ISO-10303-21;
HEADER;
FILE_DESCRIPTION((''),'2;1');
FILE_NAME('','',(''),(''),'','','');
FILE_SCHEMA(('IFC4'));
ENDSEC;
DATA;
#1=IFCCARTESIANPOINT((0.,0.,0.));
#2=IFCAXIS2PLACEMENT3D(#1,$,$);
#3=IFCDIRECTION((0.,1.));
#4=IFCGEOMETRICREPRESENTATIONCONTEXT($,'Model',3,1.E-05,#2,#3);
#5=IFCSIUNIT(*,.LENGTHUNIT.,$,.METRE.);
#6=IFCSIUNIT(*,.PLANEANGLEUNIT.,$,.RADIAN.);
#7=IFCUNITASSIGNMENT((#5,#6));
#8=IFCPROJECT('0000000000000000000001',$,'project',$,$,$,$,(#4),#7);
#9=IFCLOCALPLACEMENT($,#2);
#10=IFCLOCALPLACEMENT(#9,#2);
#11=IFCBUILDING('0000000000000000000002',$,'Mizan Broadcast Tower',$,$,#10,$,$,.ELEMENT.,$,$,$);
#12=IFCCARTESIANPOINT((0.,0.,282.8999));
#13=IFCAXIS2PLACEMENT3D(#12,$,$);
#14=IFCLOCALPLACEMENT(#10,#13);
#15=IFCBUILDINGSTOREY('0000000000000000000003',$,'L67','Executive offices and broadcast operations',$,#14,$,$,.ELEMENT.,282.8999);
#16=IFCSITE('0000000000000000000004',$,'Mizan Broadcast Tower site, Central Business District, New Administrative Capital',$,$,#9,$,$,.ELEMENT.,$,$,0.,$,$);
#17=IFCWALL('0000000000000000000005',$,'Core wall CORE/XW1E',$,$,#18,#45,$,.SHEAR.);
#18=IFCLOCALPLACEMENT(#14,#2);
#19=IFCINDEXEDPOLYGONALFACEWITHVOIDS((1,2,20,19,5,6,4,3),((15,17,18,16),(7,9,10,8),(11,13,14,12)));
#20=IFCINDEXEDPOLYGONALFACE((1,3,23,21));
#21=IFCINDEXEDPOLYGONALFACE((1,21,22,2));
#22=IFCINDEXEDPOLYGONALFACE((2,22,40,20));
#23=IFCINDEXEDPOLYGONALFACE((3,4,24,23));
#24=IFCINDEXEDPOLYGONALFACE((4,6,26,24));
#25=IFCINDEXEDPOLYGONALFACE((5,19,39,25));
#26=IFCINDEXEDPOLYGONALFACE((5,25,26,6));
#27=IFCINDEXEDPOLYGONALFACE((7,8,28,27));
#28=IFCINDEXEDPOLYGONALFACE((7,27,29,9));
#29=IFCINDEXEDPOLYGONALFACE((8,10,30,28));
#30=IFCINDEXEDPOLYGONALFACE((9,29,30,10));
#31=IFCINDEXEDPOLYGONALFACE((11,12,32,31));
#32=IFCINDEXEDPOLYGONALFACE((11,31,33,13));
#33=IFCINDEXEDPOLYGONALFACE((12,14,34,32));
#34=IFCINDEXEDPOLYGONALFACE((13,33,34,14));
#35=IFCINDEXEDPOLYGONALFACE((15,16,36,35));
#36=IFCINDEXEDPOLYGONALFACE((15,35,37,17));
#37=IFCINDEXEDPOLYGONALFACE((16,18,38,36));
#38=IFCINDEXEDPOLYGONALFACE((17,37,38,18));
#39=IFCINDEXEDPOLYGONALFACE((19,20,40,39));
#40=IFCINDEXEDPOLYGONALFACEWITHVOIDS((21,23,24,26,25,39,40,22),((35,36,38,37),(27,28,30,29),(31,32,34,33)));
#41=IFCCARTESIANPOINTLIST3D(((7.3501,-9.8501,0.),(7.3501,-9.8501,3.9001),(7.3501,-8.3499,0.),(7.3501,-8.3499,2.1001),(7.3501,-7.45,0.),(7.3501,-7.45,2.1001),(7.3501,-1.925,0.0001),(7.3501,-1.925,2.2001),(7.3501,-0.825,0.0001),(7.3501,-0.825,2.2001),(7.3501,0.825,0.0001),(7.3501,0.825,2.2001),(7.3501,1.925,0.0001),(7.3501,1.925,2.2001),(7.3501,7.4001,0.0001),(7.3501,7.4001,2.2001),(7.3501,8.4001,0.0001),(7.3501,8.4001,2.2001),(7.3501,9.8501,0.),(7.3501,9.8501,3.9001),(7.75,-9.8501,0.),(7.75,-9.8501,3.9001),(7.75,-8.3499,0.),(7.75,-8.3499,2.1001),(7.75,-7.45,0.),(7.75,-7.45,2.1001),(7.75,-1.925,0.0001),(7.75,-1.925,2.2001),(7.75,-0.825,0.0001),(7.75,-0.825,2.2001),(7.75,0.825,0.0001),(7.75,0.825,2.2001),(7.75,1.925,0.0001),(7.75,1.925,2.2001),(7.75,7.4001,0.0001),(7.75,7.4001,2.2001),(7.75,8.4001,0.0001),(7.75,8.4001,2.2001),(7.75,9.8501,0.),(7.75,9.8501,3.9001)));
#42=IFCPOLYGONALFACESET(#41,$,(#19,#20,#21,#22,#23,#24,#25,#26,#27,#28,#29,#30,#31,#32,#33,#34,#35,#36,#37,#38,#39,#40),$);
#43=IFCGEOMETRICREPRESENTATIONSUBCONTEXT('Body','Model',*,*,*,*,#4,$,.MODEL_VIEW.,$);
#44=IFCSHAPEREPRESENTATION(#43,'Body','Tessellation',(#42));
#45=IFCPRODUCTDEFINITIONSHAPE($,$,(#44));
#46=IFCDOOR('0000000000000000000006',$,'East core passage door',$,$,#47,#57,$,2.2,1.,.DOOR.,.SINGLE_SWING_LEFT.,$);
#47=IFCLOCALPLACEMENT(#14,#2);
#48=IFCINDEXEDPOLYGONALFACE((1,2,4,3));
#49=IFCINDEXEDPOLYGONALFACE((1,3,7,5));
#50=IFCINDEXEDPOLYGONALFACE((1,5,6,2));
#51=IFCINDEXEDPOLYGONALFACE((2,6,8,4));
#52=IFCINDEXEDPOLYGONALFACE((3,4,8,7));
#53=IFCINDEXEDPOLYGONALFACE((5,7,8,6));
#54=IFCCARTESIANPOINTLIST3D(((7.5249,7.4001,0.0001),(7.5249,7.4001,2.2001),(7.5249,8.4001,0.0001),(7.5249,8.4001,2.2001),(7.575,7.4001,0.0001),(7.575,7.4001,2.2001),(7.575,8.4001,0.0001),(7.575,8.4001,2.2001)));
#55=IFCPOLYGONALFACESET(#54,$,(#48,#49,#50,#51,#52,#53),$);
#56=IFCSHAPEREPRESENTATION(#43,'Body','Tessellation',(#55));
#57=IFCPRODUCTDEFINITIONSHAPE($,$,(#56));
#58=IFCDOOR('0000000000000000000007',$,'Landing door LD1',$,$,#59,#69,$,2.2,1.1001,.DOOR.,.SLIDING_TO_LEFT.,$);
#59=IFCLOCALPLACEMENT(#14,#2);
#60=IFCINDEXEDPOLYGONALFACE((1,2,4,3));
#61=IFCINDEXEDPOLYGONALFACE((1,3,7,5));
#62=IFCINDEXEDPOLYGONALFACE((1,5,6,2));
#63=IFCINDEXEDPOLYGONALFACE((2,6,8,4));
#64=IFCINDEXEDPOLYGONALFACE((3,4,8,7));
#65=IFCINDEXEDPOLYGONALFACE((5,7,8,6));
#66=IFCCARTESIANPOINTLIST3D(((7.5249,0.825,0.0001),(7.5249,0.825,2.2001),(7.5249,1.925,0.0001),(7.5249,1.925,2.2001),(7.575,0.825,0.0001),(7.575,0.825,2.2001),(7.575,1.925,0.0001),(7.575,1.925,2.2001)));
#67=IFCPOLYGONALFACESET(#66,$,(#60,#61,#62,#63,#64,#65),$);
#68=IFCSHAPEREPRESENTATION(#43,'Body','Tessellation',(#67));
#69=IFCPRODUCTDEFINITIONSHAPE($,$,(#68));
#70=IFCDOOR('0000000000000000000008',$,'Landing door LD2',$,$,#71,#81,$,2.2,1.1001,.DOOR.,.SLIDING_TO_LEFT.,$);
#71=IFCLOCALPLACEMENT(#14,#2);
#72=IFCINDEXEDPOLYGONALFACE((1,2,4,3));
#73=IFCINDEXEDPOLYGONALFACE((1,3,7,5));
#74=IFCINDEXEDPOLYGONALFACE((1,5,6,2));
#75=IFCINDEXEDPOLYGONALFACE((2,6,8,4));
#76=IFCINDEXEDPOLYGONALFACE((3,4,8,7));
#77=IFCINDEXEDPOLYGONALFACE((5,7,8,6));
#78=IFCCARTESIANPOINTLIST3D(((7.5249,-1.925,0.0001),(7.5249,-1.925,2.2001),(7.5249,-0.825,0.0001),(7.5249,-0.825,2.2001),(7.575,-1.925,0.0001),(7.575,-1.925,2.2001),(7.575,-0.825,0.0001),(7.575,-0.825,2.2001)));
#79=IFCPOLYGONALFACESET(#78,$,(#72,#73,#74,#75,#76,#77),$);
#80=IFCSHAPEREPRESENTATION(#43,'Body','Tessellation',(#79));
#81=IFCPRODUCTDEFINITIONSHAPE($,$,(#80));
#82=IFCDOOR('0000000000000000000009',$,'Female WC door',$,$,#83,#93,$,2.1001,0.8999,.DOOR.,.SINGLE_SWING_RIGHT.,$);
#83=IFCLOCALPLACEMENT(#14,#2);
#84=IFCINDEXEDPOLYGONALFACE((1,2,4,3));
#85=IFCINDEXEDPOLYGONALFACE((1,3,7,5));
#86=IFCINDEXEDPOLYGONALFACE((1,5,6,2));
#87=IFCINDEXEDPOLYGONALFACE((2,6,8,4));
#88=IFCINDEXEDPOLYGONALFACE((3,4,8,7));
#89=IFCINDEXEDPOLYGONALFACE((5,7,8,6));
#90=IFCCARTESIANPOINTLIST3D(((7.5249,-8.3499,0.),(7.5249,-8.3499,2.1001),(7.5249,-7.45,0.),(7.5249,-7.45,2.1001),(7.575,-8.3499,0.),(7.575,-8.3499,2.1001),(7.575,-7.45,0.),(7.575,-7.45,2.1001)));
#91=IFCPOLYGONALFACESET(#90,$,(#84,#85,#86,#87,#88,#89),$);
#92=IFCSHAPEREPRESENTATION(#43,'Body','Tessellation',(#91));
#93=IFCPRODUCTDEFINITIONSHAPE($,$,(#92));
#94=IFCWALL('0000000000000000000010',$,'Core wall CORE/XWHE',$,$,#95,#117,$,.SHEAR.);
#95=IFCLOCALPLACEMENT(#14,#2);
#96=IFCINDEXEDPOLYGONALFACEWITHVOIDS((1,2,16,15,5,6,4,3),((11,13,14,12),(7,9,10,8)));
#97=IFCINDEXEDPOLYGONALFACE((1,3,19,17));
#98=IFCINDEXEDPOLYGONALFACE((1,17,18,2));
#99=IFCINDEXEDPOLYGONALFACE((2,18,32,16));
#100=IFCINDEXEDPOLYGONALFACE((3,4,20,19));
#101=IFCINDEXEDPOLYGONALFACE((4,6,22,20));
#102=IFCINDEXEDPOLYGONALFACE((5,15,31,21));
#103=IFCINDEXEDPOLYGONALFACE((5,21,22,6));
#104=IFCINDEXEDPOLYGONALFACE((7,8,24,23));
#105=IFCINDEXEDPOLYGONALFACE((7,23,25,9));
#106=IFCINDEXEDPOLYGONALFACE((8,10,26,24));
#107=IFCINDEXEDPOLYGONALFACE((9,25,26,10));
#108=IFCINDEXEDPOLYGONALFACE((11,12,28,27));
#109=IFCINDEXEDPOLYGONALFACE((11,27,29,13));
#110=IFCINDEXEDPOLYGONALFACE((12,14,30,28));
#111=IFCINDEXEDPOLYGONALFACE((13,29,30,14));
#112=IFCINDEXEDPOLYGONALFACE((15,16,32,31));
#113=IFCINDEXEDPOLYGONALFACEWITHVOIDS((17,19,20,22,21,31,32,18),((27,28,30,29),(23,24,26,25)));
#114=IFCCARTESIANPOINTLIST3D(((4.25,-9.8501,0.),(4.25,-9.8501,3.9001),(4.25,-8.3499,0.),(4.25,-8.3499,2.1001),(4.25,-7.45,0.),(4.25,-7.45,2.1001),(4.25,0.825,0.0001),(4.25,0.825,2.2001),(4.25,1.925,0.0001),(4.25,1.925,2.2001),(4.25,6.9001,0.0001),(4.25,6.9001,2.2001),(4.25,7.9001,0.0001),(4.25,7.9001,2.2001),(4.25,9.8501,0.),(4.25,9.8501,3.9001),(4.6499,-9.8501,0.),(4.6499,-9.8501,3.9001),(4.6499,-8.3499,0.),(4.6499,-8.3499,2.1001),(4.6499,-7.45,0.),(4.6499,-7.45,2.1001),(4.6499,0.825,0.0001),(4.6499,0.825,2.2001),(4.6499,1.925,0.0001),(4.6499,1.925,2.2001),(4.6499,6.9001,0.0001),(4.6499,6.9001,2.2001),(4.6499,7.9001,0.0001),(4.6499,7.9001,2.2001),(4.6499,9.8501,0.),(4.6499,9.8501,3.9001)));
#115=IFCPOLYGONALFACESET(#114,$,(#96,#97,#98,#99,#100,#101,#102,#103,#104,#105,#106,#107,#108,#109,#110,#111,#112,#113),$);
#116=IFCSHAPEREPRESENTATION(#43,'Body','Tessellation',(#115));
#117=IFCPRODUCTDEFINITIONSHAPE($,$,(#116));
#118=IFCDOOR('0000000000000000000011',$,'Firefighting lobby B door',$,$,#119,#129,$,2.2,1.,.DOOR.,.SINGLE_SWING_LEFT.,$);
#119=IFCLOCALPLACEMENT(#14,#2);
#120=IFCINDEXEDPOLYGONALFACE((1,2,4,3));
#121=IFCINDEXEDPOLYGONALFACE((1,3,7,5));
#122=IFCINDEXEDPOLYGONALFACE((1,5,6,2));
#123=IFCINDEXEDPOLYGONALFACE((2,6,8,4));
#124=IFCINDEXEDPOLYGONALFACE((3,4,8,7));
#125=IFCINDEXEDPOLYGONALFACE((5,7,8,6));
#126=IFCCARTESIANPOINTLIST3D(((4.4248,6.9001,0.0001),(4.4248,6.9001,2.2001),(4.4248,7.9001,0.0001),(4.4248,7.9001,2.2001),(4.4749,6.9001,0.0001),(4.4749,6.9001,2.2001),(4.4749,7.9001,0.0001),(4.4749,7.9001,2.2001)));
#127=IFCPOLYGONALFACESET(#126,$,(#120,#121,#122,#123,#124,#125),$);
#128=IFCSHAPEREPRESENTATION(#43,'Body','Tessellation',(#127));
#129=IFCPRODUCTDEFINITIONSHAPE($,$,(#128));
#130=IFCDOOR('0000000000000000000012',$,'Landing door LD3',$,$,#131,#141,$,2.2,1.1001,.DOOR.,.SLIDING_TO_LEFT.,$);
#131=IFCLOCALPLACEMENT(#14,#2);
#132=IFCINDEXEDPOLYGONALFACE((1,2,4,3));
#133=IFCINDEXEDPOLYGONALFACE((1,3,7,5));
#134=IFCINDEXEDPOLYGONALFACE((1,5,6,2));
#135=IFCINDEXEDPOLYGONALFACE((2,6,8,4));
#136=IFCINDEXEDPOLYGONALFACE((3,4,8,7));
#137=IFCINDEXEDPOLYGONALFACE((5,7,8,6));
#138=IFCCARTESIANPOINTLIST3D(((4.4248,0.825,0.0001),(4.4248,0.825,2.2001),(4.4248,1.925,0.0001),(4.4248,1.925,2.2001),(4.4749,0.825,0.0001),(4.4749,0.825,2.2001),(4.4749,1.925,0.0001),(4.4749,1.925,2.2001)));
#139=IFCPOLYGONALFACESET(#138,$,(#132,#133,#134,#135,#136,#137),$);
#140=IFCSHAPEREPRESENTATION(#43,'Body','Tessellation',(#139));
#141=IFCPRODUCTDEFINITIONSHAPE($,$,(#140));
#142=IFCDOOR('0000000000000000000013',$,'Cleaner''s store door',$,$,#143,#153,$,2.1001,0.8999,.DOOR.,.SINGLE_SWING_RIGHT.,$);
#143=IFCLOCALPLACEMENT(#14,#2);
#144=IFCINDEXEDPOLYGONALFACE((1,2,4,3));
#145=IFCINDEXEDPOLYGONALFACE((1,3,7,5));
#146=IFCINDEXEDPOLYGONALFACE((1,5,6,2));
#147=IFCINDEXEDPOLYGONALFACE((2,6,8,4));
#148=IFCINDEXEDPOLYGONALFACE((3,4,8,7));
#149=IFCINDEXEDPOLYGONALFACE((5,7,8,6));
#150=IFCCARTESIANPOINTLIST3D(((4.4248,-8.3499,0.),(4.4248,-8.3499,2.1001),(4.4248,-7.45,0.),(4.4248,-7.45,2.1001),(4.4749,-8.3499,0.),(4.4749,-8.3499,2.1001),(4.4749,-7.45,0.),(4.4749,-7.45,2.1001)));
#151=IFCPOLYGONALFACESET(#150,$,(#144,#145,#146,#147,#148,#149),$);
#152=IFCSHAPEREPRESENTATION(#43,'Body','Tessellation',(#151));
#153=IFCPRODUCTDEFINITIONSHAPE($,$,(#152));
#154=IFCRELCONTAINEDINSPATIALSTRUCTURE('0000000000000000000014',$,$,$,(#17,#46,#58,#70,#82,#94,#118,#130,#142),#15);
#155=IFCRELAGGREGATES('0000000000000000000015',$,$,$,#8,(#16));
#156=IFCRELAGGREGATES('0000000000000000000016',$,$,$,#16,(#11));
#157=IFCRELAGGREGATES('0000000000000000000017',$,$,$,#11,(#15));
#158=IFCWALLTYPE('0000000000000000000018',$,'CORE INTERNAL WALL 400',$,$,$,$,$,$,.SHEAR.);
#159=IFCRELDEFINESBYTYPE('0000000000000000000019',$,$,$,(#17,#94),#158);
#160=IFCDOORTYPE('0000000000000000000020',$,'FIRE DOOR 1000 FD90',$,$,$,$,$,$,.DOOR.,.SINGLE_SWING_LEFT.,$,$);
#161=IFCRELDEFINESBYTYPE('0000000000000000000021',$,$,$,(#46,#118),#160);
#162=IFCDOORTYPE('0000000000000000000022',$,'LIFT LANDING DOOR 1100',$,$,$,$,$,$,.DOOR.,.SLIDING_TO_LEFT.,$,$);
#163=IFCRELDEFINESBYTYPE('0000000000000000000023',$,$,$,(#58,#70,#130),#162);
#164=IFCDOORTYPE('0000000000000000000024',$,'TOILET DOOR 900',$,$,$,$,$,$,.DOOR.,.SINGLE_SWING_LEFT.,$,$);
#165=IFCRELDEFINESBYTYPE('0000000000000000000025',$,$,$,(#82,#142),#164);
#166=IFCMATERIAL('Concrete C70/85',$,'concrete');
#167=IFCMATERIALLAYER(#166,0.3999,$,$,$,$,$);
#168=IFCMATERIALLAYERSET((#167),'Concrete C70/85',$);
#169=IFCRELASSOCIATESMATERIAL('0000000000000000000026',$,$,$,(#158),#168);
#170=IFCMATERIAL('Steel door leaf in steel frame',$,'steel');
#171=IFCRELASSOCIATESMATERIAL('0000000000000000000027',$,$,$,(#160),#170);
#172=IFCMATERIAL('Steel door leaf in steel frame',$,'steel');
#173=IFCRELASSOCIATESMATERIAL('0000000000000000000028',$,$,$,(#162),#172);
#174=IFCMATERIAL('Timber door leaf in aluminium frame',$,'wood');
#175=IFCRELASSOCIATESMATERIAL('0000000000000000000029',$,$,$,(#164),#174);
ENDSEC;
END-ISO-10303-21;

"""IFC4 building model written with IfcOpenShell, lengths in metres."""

from ifc_helpers import new_model, si_unit, direction, frame, frame_2d, origin, place, context, subcontext, project, spatial, rectangle, extrude, material, layer, layer_set, type_object, element, fill, save


model = new_model("IFC4")

# Units and contexts
model_context = context("Model", 3, precision=1e-05, world=origin(), true_north=direction((0.0, 1.0)))
body_context = subcontext(model_context, "Body", "Model", "MODEL_VIEW")
ifc_project = project(units=[si_unit("LENGTHUNIT", "METRE"), si_unit("PLANEANGLEUNIT", "RADIAN")], contexts=[model_context])

# Site, building, storey
site_placement = place(None, origin())
site = spatial("IfcSite", under=ifc_project, at=site_placement, Name="Mizan Broadcast Tower site, Central Business District, New Administrative Capital", CompositionType="ELEMENT", RefElevation=0.0)
building_placement = place(site_placement, origin())
building = spatial("IfcBuilding", under=site, at=building_placement, Name="Mizan Broadcast Tower", CompositionType="ELEMENT")
storey_placement = place(building_placement, frame((0.0, 0.0, 282.8999)))
storey = spatial("IfcBuildingStorey", under=building, at=storey_placement, Name="L67", Description="Executive offices and broadcast operations", CompositionType="ELEMENT", Elevation=282.8999)

# Walls, openings, doors
ifc_material_1 = material(Name="Concrete C70/85", Category="concrete")
ifc_layer_1 = layer(ifc_material_1, 0.3999)
ifc_layer_set_1 = layer_set([ifc_layer_1], Name="Concrete C70/85")
wall_type = type_object("IfcWallType", Name="CORE INTERNAL WALL 400", PredefinedType="SHEAR", material=ifc_layer_set_1)
wall_1_placement = place(storey_placement, frame((7.55, 9.8501, 0.0), z_axis=(0.0, 0.0, 1.0), x_axis=(0.0, -1.0, 0.0)))
wall_1 = element("IfcWall", 1, at=wall_1_placement, inside=storey, type_object=wall_type, Name="Core wall CORE/XW1E", PredefinedType="SHEAR", context=body_context, shape_type="SweptSolid", body=[
    extrude(rectangle(XDim=19.7002, YDim=0.3999, at=frame_2d((9.8501, 0.0))), origin(), (0.0, 0.0, 1.0), 3.9001),
])
opening_1_placement = place(wall_1_placement, frame((1.45, 0.0, 0.0)))
opening_1 = element("IfcOpeningElement", 2, at=opening_1_placement, cuts=wall_1, PredefinedType="OPENING", context=body_context, shape_type="SweptSolid", body=[
    extrude(rectangle(XDim=1.0, YDim=2.2, at=frame_2d((0.5, 1.1001))), frame((0.0, 0.21, 0.0), z_axis=(0.0, -1.0, 0.0), x_axis=(1.0, 0.0, 0.0)), (0.0, 0.0, 1.0), 0.4199),
])
opening_2_placement = place(wall_1_placement, frame((17.3, 0.0, 0.0)))
opening_2 = element("IfcOpeningElement", 3, at=opening_2_placement, cuts=wall_1, PredefinedType="OPENING", context=body_context, shape_type="SweptSolid", body=[
    extrude(rectangle(XDim=0.8999, YDim=2.1001, at=frame_2d((0.45, 1.05))), frame((0.0, 0.21, 0.0), z_axis=(0.0, -1.0, 0.0), x_axis=(1.0, 0.0, 0.0)), (0.0, 0.0, 1.0), 0.4199),
])
opening_3_placement = place(wall_1_placement, frame((7.925, 0.0, 0.0)))
opening_3 = element("IfcOpeningElement", 4, at=opening_3_placement, cuts=wall_1, PredefinedType="OPENING", context=body_context, shape_type="SweptSolid", body=[
    extrude(rectangle(XDim=1.1001, YDim=2.2, at=frame_2d((0.55, 1.1001))), frame((0.0, 0.21, 0.0), z_axis=(0.0, -1.0, 0.0), x_axis=(1.0, 0.0, 0.0)), (0.0, 0.0, 1.0), 0.4199),
])
opening_4_placement = place(wall_1_placement, frame((10.675, 0.0, 0.0)))
opening_4 = element("IfcOpeningElement", 5, at=opening_4_placement, cuts=wall_1, PredefinedType="OPENING", context=body_context, shape_type="SweptSolid", body=[
    extrude(rectangle(XDim=1.1001, YDim=2.2, at=frame_2d((0.55, 1.1001))), frame((0.0, 0.21, 0.0), z_axis=(0.0, -1.0, 0.0), x_axis=(1.0, 0.0, 0.0)), (0.0, 0.0, 1.0), 0.4199),
])
ifc_material_2 = material(Name="Steel door leaf in steel frame", Category="steel")
door_type_1 = type_object("IfcDoorType", Name="FIRE DOOR 1000 FD90", OperationType="SINGLE_SWING_LEFT", PredefinedType="DOOR", material=ifc_material_2)
door_1_placement = place(opening_1_placement, origin())
door_1 = element("IfcDoor", 6, at=door_1_placement, inside=storey, type_object=door_type_1, Name="East core passage door", OperationType="SINGLE_SWING_LEFT", OverallHeight=2.2, OverallWidth=1.0, PredefinedType="DOOR", context=body_context, shape_type="SweptSolid", body=[
    extrude(rectangle(XDim=1.0, YDim=2.2, at=frame_2d((0.5, 1.1001))), frame((0.0, 0.0249, 0.0), z_axis=(0.0, -1.0, 0.0), x_axis=(1.0, 0.0, 0.0)), (0.0, 0.0, 1.0), 0.05),
])
fill(opening_1, door_1)
ifc_material_3 = material(Name="Steel door leaf in steel frame", Category="steel")
door_type_2 = type_object("IfcDoorType", Name="LIFT LANDING DOOR 1100", OperationType="SLIDING_TO_LEFT", PredefinedType="DOOR", material=ifc_material_3)
door_2_placement = place(opening_3_placement, origin())
door_2 = element("IfcDoor", 7, at=door_2_placement, inside=storey, type_object=door_type_2, Name="Landing door LD1", OperationType="SLIDING_TO_LEFT", OverallHeight=2.2, OverallWidth=1.1001, PredefinedType="DOOR", context=body_context, shape_type="SweptSolid", body=[
    extrude(rectangle(XDim=1.1001, YDim=2.2, at=frame_2d((0.55, 1.1001))), frame((0.0, 0.0249, 0.0), z_axis=(0.0, -1.0, 0.0), x_axis=(1.0, 0.0, 0.0)), (0.0, 0.0, 1.0), 0.05),
])
fill(opening_3, door_2)
door_3_placement = place(opening_4_placement, origin())
door_3 = element("IfcDoor", 8, at=door_3_placement, inside=storey, type_object=door_type_2, Name="Landing door LD2", OperationType="SLIDING_TO_LEFT", OverallHeight=2.2, OverallWidth=1.1001, PredefinedType="DOOR", context=body_context, shape_type="SweptSolid", body=[
    extrude(rectangle(XDim=1.1001, YDim=2.2, at=frame_2d((0.55, 1.1001))), frame((0.0, 0.0249, 0.0), z_axis=(0.0, -1.0, 0.0), x_axis=(1.0, 0.0, 0.0)), (0.0, 0.0, 1.0), 0.05),
])
fill(opening_4, door_3)
ifc_material_4 = material(Name="Timber door leaf in aluminium frame", Category="wood")
door_type_3 = type_object("IfcDoorType", Name="TOILET DOOR 900", OperationType="SINGLE_SWING_LEFT", PredefinedType="DOOR", material=ifc_material_4)
door_4_placement = place(opening_2_placement, origin())
door_4 = element("IfcDoor", 9, at=door_4_placement, inside=storey, type_object=door_type_3, Name="Female WC door", OperationType="SINGLE_SWING_RIGHT", OverallHeight=2.1001, OverallWidth=0.8999, PredefinedType="DOOR", context=body_context, shape_type="SweptSolid", body=[
    extrude(rectangle(XDim=0.8999, YDim=2.1001, at=frame_2d((0.45, 1.05))), frame((0.0, 0.0249, 0.0), z_axis=(0.0, -1.0, 0.0), x_axis=(1.0, 0.0, 0.0)), (0.0, 0.0, 1.0), 0.05),
])
fill(opening_2, door_4)
wall_2_placement = place(storey_placement, frame((4.45, 9.8501, 0.0), z_axis=(0.0, 0.0, 1.0), x_axis=(0.0, -1.0, 0.0)))
wall_2 = element("IfcWall", 10, at=wall_2_placement, inside=storey, type_object=wall_type, Name="Core wall CORE/XWHE", PredefinedType="SHEAR", context=body_context, shape_type="SweptSolid", body=[
    extrude(rectangle(XDim=19.7002, YDim=0.3999, at=frame_2d((9.8501, 0.0))), origin(), (0.0, 0.0, 1.0), 3.9001),
])
opening_5_placement = place(wall_2_placement, frame((1.95, 0.0, 0.0)))
opening_5 = element("IfcOpeningElement", 11, at=opening_5_placement, cuts=wall_2, PredefinedType="OPENING", context=body_context, shape_type="SweptSolid", body=[
    extrude(rectangle(XDim=1.0, YDim=2.2, at=frame_2d((0.5, 1.1001))), frame((0.0, 0.21, 0.0), z_axis=(0.0, -1.0, 0.0), x_axis=(1.0, 0.0, 0.0)), (0.0, 0.0, 1.0), 0.4199),
])
opening_6_placement = place(wall_2_placement, frame((17.3, 0.0, 0.0)))
opening_6 = element("IfcOpeningElement", 12, at=opening_6_placement, cuts=wall_2, PredefinedType="OPENING", context=body_context, shape_type="SweptSolid", body=[
    extrude(rectangle(XDim=0.8999, YDim=2.1001, at=frame_2d((0.45, 1.05))), frame((0.0, 0.21, 0.0), z_axis=(0.0, -1.0, 0.0), x_axis=(1.0, 0.0, 0.0)), (0.0, 0.0, 1.0), 0.4199),
])
opening_7_placement = place(wall_2_placement, frame((7.925, 0.0, 0.0)))
opening_7 = element("IfcOpeningElement", 13, at=opening_7_placement, cuts=wall_2, PredefinedType="OPENING", context=body_context, shape_type="SweptSolid", body=[
    extrude(rectangle(XDim=1.1001, YDim=2.2, at=frame_2d((0.55, 1.1001))), frame((0.0, 0.21, 0.0), z_axis=(0.0, -1.0, 0.0), x_axis=(1.0, 0.0, 0.0)), (0.0, 0.0, 1.0), 0.4199),
])
door_5_placement = place(opening_5_placement, origin())
door_5 = element("IfcDoor", 14, at=door_5_placement, inside=storey, type_object=door_type_1, Name="Firefighting lobby B door", OperationType="SINGLE_SWING_LEFT", OverallHeight=2.2, OverallWidth=1.0, PredefinedType="DOOR", context=body_context, shape_type="SweptSolid", body=[
    extrude(rectangle(XDim=1.0, YDim=2.2, at=frame_2d((0.5, 1.1001))), frame((0.0, 0.0249, 0.0), z_axis=(0.0, -1.0, 0.0), x_axis=(1.0, 0.0, 0.0)), (0.0, 0.0, 1.0), 0.05),
])
fill(opening_5, door_5)
door_6_placement = place(opening_7_placement, origin())
door_6 = element("IfcDoor", 15, at=door_6_placement, inside=storey, type_object=door_type_2, Name="Landing door LD3", OperationType="SLIDING_TO_LEFT", OverallHeight=2.2, OverallWidth=1.1001, PredefinedType="DOOR", context=body_context, shape_type="SweptSolid", body=[
    extrude(rectangle(XDim=1.1001, YDim=2.2, at=frame_2d((0.55, 1.1001))), frame((0.0, 0.0249, 0.0), z_axis=(0.0, -1.0, 0.0), x_axis=(1.0, 0.0, 0.0)), (0.0, 0.0, 1.0), 0.05),
])
fill(opening_7, door_6)
door_7_placement = place(opening_6_placement, origin())
door_7 = element("IfcDoor", 16, at=door_7_placement, inside=storey, type_object=door_type_3, Name="Cleaner's store door", OperationType="SINGLE_SWING_RIGHT", OverallHeight=2.1001, OverallWidth=0.8999, PredefinedType="DOOR", context=body_context, shape_type="SweptSolid", body=[
    extrude(rectangle(XDim=0.8999, YDim=2.1001, at=frame_2d((0.45, 1.05))), frame((0.0, 0.0249, 0.0), z_axis=(0.0, -1.0, 0.0), x_axis=(1.0, 0.0, 0.0)), (0.0, 0.0, 1.0), 0.05),
])
fill(opening_6, door_7)

save(model, "model.ifc")
